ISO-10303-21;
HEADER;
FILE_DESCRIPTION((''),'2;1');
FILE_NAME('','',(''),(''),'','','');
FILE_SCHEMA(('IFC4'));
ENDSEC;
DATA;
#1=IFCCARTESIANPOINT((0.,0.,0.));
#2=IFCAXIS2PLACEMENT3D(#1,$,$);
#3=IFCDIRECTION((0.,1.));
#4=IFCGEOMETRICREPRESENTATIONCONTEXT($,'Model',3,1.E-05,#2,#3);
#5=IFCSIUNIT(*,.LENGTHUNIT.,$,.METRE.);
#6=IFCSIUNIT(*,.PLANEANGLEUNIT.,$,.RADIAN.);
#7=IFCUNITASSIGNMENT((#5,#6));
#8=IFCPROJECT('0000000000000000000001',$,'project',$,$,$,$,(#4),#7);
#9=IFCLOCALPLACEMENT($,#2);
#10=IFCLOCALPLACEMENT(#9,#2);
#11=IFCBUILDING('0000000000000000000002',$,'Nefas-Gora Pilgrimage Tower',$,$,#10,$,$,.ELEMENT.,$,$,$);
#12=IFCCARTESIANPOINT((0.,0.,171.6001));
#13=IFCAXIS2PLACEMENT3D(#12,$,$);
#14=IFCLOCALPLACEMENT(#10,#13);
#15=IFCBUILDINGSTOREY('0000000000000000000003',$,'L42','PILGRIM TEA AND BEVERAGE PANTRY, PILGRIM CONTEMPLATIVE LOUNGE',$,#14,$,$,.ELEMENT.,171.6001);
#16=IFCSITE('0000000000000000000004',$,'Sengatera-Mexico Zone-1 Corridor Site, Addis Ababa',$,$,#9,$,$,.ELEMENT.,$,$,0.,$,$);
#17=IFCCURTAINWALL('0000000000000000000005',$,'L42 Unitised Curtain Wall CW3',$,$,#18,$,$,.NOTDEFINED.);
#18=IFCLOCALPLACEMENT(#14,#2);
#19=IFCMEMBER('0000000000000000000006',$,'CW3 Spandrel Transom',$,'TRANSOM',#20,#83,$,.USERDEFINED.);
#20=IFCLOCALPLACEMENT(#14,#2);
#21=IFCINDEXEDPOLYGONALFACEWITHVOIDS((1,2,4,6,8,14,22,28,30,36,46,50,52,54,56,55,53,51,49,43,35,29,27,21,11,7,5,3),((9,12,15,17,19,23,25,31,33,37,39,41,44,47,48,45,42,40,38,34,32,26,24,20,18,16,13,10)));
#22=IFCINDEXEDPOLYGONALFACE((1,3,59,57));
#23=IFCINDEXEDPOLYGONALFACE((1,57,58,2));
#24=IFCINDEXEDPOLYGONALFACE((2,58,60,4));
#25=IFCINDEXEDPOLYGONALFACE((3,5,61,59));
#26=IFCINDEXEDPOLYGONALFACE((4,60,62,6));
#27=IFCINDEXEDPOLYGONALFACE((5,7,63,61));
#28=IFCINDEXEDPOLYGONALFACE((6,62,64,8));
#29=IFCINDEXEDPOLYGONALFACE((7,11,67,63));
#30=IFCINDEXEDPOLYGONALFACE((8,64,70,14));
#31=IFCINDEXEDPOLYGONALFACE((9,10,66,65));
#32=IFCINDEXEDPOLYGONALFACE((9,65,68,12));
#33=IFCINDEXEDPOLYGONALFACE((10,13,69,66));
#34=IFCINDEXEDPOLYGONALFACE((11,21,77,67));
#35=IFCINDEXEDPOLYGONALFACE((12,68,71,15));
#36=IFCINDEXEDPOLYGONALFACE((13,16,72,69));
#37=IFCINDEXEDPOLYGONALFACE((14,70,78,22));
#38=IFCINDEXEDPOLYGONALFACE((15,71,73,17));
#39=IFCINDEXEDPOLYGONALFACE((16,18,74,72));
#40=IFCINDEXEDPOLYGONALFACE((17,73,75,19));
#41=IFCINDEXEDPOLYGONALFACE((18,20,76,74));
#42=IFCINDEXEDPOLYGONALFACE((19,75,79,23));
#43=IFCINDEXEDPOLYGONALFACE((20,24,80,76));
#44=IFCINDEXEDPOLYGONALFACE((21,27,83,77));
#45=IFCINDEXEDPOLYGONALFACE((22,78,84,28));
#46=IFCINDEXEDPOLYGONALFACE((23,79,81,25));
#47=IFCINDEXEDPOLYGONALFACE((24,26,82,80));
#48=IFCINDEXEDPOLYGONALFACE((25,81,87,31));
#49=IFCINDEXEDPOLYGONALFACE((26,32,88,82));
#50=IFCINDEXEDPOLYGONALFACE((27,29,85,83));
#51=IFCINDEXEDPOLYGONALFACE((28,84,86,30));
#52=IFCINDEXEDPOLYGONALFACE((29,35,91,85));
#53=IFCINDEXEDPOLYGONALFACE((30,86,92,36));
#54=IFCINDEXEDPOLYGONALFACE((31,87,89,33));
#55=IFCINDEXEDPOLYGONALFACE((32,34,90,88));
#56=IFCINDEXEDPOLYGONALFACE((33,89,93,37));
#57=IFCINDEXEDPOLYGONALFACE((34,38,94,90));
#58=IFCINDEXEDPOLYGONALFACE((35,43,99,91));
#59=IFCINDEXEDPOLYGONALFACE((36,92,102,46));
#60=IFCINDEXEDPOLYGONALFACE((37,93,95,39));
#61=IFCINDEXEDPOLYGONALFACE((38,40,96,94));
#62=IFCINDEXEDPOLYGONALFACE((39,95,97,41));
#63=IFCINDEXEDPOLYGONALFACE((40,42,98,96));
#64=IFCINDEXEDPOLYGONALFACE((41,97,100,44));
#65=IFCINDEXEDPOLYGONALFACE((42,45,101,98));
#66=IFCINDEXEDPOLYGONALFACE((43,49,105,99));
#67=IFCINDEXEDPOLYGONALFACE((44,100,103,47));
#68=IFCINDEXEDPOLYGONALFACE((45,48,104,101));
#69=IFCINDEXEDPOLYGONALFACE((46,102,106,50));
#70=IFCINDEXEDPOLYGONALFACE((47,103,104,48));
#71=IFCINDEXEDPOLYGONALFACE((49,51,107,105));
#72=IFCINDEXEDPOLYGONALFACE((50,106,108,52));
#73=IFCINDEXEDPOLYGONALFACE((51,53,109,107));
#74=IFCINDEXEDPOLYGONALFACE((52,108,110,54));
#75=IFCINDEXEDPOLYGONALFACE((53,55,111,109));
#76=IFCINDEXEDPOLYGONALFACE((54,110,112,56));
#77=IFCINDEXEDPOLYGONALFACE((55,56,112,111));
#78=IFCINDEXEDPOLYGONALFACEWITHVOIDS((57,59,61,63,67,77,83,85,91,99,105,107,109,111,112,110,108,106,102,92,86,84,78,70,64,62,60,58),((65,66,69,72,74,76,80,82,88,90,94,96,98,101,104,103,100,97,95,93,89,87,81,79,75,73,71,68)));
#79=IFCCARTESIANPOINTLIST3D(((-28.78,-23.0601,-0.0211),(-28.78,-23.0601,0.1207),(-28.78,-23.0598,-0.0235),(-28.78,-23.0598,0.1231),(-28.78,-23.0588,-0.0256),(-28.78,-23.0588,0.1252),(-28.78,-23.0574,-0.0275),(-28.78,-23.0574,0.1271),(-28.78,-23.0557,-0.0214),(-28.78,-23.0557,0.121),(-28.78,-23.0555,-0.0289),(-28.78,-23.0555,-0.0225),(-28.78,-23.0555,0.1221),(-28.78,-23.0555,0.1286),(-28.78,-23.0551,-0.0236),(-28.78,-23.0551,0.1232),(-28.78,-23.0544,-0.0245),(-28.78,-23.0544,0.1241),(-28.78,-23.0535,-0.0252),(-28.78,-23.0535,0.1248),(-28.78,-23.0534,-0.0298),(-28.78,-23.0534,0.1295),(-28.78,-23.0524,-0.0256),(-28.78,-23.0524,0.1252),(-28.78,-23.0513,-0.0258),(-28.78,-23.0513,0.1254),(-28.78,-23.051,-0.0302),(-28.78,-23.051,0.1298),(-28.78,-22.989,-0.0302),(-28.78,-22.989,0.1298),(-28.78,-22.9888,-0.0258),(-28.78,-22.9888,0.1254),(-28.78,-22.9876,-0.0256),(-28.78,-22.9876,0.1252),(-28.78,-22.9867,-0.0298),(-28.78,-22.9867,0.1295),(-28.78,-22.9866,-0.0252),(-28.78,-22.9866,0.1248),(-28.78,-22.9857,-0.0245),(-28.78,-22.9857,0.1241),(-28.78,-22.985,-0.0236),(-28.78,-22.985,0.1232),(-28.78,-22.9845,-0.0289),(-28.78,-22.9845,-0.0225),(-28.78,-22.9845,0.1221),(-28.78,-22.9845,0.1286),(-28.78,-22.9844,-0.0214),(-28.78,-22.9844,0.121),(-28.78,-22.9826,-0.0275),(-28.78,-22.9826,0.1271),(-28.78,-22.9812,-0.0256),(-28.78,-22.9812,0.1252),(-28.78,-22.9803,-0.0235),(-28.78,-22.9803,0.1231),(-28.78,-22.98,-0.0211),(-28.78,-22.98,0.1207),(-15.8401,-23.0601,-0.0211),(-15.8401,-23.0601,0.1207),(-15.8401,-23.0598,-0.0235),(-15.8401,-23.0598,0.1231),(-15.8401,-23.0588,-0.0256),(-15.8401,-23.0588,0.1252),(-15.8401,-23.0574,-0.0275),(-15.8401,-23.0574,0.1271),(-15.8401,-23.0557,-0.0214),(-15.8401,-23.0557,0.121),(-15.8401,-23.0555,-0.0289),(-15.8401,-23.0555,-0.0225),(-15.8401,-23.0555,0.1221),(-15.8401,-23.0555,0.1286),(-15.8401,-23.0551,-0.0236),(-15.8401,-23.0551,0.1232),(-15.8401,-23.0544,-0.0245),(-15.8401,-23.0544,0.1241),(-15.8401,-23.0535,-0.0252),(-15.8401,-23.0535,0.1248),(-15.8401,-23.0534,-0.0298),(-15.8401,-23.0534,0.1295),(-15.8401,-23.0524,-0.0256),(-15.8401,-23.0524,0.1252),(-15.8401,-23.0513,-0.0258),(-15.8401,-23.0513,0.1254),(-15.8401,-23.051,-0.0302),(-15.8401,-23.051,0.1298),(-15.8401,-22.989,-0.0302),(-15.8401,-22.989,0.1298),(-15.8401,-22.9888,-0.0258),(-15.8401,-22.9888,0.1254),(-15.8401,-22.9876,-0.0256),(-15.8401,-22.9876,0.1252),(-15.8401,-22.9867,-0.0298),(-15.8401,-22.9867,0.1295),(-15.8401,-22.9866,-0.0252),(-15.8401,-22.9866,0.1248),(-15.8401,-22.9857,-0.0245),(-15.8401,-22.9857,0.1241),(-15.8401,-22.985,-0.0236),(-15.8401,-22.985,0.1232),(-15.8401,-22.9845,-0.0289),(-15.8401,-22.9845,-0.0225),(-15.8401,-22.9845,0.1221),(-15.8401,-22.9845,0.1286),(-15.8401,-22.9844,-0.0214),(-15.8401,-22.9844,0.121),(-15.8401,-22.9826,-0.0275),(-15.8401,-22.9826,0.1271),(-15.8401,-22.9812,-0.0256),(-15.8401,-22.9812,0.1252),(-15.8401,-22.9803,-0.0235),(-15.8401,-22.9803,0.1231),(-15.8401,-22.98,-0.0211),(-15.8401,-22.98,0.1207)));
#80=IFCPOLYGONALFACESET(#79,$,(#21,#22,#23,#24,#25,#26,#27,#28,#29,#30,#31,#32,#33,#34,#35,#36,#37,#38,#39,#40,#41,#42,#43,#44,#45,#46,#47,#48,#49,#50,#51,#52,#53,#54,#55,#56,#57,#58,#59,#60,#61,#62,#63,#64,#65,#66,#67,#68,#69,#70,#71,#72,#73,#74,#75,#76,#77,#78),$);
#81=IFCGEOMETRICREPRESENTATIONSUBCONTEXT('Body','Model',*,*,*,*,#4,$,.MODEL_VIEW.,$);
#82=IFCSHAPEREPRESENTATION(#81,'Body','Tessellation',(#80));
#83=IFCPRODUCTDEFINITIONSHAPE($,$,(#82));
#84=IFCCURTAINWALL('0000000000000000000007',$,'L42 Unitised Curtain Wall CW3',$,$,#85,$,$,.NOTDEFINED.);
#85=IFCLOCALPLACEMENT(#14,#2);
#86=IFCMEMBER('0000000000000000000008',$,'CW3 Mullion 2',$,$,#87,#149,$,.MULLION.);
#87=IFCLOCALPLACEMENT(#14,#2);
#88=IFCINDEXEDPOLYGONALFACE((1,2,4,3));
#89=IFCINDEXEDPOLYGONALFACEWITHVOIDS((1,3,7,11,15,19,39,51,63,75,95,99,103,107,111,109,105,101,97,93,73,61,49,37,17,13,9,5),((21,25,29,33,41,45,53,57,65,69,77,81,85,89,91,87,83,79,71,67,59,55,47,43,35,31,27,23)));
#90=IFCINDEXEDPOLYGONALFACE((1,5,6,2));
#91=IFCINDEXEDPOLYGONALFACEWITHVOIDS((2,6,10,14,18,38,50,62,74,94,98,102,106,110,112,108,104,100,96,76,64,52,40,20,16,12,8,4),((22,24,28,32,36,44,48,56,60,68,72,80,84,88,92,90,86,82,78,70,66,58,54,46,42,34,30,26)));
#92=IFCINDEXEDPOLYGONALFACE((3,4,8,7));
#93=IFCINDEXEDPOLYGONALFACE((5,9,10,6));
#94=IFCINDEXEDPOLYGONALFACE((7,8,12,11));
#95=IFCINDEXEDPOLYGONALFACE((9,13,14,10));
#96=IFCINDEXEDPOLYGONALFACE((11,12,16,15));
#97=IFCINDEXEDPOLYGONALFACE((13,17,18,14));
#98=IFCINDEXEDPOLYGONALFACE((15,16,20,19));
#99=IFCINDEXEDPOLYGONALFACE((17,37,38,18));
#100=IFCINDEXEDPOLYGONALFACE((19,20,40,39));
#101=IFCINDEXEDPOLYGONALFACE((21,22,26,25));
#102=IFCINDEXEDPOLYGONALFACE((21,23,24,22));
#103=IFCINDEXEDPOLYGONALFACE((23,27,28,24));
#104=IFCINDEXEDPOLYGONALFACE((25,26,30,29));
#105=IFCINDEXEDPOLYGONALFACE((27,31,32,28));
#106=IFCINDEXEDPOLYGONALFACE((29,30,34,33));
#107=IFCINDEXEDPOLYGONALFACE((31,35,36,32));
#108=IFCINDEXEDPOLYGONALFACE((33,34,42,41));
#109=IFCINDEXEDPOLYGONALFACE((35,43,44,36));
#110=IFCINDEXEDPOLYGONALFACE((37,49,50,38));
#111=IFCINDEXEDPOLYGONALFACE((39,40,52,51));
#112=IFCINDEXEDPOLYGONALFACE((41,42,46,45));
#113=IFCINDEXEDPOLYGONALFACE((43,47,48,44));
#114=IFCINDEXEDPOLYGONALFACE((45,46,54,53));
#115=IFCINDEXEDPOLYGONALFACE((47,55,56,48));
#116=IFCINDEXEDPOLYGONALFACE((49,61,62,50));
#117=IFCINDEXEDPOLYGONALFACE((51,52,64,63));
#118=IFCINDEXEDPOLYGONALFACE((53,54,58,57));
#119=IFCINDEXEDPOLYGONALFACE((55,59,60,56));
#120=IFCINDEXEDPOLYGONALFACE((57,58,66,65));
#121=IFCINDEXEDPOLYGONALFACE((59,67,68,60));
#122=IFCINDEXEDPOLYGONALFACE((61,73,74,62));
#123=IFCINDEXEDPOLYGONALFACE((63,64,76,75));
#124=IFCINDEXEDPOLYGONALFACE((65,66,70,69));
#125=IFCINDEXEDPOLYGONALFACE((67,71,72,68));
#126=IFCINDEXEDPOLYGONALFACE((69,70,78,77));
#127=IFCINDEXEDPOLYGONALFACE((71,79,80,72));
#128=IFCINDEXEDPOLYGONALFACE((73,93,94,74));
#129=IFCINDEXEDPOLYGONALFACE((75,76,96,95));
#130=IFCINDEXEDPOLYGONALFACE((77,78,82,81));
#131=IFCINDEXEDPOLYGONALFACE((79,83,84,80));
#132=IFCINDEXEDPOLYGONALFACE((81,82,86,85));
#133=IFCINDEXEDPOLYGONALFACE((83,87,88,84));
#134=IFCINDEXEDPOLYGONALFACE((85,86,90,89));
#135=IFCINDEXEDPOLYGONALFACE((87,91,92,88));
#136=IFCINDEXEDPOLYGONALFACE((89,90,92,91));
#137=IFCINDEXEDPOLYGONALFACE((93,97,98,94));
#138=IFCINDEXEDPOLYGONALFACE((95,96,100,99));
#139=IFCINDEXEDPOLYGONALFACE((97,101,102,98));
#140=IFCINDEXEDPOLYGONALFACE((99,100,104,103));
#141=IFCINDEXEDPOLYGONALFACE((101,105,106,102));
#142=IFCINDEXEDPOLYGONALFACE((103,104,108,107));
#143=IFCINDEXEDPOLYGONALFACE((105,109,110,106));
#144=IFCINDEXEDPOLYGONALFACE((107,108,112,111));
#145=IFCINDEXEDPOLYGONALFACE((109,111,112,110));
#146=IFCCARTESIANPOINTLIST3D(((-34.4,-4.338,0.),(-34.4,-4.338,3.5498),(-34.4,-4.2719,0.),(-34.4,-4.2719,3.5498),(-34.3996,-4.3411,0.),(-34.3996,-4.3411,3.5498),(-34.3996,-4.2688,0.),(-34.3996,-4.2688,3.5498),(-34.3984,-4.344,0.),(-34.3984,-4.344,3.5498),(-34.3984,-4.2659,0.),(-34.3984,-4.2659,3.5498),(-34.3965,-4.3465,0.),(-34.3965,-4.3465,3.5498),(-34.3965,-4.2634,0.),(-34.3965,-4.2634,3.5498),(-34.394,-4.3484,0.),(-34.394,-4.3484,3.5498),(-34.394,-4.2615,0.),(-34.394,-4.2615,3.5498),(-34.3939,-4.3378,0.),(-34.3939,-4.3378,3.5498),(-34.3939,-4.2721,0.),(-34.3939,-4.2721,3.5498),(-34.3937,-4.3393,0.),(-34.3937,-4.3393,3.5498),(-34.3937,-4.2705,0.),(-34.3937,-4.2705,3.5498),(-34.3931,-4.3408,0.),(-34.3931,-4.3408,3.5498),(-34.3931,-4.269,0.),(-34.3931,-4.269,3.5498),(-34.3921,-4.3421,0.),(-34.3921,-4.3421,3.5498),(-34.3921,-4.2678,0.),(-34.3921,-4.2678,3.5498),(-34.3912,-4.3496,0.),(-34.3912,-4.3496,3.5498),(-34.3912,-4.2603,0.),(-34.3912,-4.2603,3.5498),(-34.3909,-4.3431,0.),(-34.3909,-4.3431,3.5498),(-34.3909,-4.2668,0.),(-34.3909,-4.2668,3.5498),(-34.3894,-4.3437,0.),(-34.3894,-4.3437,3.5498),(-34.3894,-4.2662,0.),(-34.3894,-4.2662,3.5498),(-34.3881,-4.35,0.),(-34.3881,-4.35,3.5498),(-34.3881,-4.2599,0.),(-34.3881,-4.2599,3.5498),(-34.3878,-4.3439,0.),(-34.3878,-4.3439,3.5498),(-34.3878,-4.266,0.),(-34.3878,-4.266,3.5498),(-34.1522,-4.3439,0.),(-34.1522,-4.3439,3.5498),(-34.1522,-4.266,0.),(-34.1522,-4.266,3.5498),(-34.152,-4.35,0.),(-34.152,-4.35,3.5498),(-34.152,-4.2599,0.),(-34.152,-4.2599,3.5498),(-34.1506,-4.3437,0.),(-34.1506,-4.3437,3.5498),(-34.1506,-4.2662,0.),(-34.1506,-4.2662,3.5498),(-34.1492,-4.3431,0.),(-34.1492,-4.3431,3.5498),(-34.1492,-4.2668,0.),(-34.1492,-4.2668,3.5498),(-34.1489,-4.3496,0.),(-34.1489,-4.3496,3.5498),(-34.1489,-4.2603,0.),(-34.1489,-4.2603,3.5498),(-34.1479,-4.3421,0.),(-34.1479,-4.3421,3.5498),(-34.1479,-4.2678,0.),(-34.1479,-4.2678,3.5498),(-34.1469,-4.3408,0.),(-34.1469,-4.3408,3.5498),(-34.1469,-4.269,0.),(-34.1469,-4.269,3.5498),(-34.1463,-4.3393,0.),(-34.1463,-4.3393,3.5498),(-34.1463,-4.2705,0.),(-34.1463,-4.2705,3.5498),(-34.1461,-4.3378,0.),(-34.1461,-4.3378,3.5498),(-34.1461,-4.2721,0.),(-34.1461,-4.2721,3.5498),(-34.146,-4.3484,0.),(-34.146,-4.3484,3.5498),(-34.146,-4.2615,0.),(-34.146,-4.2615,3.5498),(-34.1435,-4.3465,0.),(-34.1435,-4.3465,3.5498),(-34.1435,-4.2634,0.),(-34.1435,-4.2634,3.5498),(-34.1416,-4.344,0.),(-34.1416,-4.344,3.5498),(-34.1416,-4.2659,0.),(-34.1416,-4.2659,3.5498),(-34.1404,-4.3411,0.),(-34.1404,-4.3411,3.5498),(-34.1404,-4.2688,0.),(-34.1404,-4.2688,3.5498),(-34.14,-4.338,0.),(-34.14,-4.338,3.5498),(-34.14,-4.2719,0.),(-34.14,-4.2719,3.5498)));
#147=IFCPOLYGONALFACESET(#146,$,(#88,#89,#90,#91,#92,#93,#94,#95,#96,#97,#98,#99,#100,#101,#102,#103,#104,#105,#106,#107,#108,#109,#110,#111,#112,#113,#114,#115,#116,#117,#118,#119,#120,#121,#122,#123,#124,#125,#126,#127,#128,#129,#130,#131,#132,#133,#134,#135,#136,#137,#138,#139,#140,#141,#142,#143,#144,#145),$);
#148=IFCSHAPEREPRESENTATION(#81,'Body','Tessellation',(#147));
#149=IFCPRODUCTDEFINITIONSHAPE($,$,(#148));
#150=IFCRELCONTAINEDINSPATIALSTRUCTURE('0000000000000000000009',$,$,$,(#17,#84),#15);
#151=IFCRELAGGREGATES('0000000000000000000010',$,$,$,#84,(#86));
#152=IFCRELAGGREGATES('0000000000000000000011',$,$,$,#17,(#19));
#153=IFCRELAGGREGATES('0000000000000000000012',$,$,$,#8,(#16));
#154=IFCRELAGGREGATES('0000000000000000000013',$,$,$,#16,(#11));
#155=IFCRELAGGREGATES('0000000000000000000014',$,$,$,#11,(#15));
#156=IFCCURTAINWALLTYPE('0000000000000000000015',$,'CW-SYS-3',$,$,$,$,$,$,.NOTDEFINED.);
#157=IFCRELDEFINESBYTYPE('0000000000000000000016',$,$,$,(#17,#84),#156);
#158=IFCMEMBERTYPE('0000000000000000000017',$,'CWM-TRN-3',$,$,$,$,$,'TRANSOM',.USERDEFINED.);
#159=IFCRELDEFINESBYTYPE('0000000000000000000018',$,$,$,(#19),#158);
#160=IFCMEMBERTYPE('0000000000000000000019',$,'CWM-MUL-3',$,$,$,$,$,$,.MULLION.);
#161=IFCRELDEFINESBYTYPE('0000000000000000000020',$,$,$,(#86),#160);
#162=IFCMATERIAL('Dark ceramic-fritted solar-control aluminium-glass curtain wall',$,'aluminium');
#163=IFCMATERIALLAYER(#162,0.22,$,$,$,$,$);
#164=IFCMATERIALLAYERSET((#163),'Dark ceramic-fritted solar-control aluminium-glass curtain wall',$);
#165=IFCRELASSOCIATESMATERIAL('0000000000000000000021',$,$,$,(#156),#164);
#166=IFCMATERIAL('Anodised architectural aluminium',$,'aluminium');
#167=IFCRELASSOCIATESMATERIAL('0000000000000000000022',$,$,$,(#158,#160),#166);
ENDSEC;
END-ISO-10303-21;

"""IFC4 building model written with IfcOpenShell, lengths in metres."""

from ifc_helpers import new_model, si_unit, direction, frame, origin, origin_2d, place, context, subcontext, project, spatial, hollow_rectangle, extrude, source, transform, mapped, material, layer, layer_set, material_profile, profile_set, type_object, element, aggregate, save


model = new_model("IFC4")

# Units and contexts
model_context = context("Model", 3, precision=1e-05, world=origin(), true_north=direction((0.0, 1.0)))
body_context = subcontext(model_context, "Body", "Model", "MODEL_VIEW")
ifc_project = project(units=[si_unit("LENGTHUNIT", "METRE"), si_unit("PLANEANGLEUNIT", "RADIAN")], contexts=[model_context])

# Site, building, storey
site_placement = place(None, origin())
site = spatial("IfcSite", under=ifc_project, at=site_placement, Name="Sengatera-Mexico Zone-1 Corridor Site, Addis Ababa", CompositionType="ELEMENT", RefElevation=0.0)
building_placement = place(site_placement, origin())
building = spatial("IfcBuilding", under=site, at=building_placement, Name="Nefas-Gora Pilgrimage Tower", CompositionType="ELEMENT")
storey_placement = place(building_placement, frame((0.0, 0.0, 171.6001)))
storey = spatial("IfcBuildingStorey", under=building, at=storey_placement, Name="L42", Description="PILGRIM TEA AND BEVERAGE PANTRY, PILGRIM CONTEMPLATIVE LOUNGE", CompositionType="ELEMENT", Elevation=171.6001)

# Curtain walls, members
ifc_material_1 = material(Name="Dark ceramic-fritted solar-control aluminium-glass curtain wall", Category="aluminium")
ifc_layer_1 = layer(ifc_material_1, 0.22)
ifc_layer_set_1 = layer_set([ifc_layer_1], Name="Dark ceramic-fritted solar-control aluminium-glass curtain wall")
curtain_wall_type = type_object("IfcCurtainWallType", Name="CW-SYS-3", PredefinedType="NOTDEFINED", material=ifc_layer_set_1)
ifc_material_2 = material(Name="Anodised architectural aluminium", Category="aluminium")
ifc_material_profile_1 = material_profile(ifc_material_2, hollow_rectangle(XDim=0.0801, YDim=0.1599, WallThickness=0.0044, InnerFilletRadius=0.0044, OuterFilletRadius=0.009, at=origin_2d()), Name="ALU TRANSOM 80x160")
ifc_profile_set_1 = profile_set([ifc_material_profile_1], Name="Anodised architectural aluminium")
member_type_1 = type_object("IfcMemberType", Name="CWM-TRN-3", ElementType="TRANSOM", PredefinedType="USERDEFINED", material=ifc_profile_set_1)
curtain_wall_1_placement = place(storey_placement, origin())
curtain_wall_1 = element("IfcCurtainWall", 1, at=curtain_wall_1_placement, inside=storey, type_object=curtain_wall_type, Name="L42 Unitised Curtain Wall CW3", PredefinedType="NOTDEFINED")
shared_shape_1 = source(origin(), body_context, "Body", "SweptSolid", [
    extrude(hollow_rectangle(XDim=0.0801, YDim=0.1599, WallThickness=0.0044, InnerFilletRadius=0.0044, OuterFilletRadius=0.009, at=origin_2d()), origin(), (0.0, 0.0, 1.0), 12.9399),
])
member_1_placement = place(storey_placement, frame((-28.78, -23.02, 0.0498), z_axis=(1.0, 0.0, 0.0), x_axis=(0.0, 1.0, 0.0)))
member_1 = element("IfcMember", 2, at=member_1_placement, type_object=member_type_1, Name="CW3 Spandrel Transom", ObjectType="TRANSOM", PredefinedType="USERDEFINED", context=body_context, shape_type="MappedRepresentation", body=[
    mapped(shared_shape_1, transform((0.0, 0.0, 0.0), x_axis=(1.0, 0.0, 0.0), y_axis=(0.0, 1.0, 0.0), z_axis=(0.0, 0.0, 1.0), scale=1.0)),
])
curtain_wall_2_placement = place(storey_placement, origin())
curtain_wall_2 = element("IfcCurtainWall", 3, at=curtain_wall_2_placement, inside=storey, type_object=curtain_wall_type, Name="L42 Unitised Curtain Wall CW3", PredefinedType="NOTDEFINED")
ifc_material_profile_2 = material_profile(ifc_material_2, hollow_rectangle(XDim=0.0901, YDim=0.26, WallThickness=0.0061, InnerFilletRadius=0.0061, OuterFilletRadius=0.012, at=origin_2d()), Name="ALU MULLION 90x260")
ifc_profile_set_2 = profile_set([ifc_material_profile_2], Name="Anodised architectural aluminium")
member_type_2 = type_object("IfcMemberType", Name="CWM-MUL-3", PredefinedType="MULLION", material=ifc_profile_set_2)
shared_shape_2 = source(origin(), body_context, "Body", "SweptSolid", [
    extrude(hollow_rectangle(XDim=0.0901, YDim=0.26, WallThickness=0.0061, InnerFilletRadius=0.0061, OuterFilletRadius=0.012, at=origin_2d()), origin(), (0.0, 0.0, 1.0), 3.5498),
])
member_2_placement = place(storey_placement, frame((-34.27, -4.3049, 0.0), z_axis=(0.0, 0.0, 1.0), x_axis=(0.0, -1.0, 0.0)))
member_2 = element("IfcMember", 4, at=member_2_placement, type_object=member_type_2, Name="CW3 Mullion 2", PredefinedType="MULLION", context=body_context, shape_type="MappedRepresentation", body=[
    mapped(shared_shape_2, transform((0.0, 0.0, 0.0), x_axis=(1.0, 0.0, 0.0), y_axis=(0.0, 1.0, 0.0), z_axis=(0.0, 0.0, 1.0), scale=1.0)),
])
aggregate(curtain_wall_2, [member_2])

aggregate(curtain_wall_1, [member_1])

save(model, "model.ifc")
